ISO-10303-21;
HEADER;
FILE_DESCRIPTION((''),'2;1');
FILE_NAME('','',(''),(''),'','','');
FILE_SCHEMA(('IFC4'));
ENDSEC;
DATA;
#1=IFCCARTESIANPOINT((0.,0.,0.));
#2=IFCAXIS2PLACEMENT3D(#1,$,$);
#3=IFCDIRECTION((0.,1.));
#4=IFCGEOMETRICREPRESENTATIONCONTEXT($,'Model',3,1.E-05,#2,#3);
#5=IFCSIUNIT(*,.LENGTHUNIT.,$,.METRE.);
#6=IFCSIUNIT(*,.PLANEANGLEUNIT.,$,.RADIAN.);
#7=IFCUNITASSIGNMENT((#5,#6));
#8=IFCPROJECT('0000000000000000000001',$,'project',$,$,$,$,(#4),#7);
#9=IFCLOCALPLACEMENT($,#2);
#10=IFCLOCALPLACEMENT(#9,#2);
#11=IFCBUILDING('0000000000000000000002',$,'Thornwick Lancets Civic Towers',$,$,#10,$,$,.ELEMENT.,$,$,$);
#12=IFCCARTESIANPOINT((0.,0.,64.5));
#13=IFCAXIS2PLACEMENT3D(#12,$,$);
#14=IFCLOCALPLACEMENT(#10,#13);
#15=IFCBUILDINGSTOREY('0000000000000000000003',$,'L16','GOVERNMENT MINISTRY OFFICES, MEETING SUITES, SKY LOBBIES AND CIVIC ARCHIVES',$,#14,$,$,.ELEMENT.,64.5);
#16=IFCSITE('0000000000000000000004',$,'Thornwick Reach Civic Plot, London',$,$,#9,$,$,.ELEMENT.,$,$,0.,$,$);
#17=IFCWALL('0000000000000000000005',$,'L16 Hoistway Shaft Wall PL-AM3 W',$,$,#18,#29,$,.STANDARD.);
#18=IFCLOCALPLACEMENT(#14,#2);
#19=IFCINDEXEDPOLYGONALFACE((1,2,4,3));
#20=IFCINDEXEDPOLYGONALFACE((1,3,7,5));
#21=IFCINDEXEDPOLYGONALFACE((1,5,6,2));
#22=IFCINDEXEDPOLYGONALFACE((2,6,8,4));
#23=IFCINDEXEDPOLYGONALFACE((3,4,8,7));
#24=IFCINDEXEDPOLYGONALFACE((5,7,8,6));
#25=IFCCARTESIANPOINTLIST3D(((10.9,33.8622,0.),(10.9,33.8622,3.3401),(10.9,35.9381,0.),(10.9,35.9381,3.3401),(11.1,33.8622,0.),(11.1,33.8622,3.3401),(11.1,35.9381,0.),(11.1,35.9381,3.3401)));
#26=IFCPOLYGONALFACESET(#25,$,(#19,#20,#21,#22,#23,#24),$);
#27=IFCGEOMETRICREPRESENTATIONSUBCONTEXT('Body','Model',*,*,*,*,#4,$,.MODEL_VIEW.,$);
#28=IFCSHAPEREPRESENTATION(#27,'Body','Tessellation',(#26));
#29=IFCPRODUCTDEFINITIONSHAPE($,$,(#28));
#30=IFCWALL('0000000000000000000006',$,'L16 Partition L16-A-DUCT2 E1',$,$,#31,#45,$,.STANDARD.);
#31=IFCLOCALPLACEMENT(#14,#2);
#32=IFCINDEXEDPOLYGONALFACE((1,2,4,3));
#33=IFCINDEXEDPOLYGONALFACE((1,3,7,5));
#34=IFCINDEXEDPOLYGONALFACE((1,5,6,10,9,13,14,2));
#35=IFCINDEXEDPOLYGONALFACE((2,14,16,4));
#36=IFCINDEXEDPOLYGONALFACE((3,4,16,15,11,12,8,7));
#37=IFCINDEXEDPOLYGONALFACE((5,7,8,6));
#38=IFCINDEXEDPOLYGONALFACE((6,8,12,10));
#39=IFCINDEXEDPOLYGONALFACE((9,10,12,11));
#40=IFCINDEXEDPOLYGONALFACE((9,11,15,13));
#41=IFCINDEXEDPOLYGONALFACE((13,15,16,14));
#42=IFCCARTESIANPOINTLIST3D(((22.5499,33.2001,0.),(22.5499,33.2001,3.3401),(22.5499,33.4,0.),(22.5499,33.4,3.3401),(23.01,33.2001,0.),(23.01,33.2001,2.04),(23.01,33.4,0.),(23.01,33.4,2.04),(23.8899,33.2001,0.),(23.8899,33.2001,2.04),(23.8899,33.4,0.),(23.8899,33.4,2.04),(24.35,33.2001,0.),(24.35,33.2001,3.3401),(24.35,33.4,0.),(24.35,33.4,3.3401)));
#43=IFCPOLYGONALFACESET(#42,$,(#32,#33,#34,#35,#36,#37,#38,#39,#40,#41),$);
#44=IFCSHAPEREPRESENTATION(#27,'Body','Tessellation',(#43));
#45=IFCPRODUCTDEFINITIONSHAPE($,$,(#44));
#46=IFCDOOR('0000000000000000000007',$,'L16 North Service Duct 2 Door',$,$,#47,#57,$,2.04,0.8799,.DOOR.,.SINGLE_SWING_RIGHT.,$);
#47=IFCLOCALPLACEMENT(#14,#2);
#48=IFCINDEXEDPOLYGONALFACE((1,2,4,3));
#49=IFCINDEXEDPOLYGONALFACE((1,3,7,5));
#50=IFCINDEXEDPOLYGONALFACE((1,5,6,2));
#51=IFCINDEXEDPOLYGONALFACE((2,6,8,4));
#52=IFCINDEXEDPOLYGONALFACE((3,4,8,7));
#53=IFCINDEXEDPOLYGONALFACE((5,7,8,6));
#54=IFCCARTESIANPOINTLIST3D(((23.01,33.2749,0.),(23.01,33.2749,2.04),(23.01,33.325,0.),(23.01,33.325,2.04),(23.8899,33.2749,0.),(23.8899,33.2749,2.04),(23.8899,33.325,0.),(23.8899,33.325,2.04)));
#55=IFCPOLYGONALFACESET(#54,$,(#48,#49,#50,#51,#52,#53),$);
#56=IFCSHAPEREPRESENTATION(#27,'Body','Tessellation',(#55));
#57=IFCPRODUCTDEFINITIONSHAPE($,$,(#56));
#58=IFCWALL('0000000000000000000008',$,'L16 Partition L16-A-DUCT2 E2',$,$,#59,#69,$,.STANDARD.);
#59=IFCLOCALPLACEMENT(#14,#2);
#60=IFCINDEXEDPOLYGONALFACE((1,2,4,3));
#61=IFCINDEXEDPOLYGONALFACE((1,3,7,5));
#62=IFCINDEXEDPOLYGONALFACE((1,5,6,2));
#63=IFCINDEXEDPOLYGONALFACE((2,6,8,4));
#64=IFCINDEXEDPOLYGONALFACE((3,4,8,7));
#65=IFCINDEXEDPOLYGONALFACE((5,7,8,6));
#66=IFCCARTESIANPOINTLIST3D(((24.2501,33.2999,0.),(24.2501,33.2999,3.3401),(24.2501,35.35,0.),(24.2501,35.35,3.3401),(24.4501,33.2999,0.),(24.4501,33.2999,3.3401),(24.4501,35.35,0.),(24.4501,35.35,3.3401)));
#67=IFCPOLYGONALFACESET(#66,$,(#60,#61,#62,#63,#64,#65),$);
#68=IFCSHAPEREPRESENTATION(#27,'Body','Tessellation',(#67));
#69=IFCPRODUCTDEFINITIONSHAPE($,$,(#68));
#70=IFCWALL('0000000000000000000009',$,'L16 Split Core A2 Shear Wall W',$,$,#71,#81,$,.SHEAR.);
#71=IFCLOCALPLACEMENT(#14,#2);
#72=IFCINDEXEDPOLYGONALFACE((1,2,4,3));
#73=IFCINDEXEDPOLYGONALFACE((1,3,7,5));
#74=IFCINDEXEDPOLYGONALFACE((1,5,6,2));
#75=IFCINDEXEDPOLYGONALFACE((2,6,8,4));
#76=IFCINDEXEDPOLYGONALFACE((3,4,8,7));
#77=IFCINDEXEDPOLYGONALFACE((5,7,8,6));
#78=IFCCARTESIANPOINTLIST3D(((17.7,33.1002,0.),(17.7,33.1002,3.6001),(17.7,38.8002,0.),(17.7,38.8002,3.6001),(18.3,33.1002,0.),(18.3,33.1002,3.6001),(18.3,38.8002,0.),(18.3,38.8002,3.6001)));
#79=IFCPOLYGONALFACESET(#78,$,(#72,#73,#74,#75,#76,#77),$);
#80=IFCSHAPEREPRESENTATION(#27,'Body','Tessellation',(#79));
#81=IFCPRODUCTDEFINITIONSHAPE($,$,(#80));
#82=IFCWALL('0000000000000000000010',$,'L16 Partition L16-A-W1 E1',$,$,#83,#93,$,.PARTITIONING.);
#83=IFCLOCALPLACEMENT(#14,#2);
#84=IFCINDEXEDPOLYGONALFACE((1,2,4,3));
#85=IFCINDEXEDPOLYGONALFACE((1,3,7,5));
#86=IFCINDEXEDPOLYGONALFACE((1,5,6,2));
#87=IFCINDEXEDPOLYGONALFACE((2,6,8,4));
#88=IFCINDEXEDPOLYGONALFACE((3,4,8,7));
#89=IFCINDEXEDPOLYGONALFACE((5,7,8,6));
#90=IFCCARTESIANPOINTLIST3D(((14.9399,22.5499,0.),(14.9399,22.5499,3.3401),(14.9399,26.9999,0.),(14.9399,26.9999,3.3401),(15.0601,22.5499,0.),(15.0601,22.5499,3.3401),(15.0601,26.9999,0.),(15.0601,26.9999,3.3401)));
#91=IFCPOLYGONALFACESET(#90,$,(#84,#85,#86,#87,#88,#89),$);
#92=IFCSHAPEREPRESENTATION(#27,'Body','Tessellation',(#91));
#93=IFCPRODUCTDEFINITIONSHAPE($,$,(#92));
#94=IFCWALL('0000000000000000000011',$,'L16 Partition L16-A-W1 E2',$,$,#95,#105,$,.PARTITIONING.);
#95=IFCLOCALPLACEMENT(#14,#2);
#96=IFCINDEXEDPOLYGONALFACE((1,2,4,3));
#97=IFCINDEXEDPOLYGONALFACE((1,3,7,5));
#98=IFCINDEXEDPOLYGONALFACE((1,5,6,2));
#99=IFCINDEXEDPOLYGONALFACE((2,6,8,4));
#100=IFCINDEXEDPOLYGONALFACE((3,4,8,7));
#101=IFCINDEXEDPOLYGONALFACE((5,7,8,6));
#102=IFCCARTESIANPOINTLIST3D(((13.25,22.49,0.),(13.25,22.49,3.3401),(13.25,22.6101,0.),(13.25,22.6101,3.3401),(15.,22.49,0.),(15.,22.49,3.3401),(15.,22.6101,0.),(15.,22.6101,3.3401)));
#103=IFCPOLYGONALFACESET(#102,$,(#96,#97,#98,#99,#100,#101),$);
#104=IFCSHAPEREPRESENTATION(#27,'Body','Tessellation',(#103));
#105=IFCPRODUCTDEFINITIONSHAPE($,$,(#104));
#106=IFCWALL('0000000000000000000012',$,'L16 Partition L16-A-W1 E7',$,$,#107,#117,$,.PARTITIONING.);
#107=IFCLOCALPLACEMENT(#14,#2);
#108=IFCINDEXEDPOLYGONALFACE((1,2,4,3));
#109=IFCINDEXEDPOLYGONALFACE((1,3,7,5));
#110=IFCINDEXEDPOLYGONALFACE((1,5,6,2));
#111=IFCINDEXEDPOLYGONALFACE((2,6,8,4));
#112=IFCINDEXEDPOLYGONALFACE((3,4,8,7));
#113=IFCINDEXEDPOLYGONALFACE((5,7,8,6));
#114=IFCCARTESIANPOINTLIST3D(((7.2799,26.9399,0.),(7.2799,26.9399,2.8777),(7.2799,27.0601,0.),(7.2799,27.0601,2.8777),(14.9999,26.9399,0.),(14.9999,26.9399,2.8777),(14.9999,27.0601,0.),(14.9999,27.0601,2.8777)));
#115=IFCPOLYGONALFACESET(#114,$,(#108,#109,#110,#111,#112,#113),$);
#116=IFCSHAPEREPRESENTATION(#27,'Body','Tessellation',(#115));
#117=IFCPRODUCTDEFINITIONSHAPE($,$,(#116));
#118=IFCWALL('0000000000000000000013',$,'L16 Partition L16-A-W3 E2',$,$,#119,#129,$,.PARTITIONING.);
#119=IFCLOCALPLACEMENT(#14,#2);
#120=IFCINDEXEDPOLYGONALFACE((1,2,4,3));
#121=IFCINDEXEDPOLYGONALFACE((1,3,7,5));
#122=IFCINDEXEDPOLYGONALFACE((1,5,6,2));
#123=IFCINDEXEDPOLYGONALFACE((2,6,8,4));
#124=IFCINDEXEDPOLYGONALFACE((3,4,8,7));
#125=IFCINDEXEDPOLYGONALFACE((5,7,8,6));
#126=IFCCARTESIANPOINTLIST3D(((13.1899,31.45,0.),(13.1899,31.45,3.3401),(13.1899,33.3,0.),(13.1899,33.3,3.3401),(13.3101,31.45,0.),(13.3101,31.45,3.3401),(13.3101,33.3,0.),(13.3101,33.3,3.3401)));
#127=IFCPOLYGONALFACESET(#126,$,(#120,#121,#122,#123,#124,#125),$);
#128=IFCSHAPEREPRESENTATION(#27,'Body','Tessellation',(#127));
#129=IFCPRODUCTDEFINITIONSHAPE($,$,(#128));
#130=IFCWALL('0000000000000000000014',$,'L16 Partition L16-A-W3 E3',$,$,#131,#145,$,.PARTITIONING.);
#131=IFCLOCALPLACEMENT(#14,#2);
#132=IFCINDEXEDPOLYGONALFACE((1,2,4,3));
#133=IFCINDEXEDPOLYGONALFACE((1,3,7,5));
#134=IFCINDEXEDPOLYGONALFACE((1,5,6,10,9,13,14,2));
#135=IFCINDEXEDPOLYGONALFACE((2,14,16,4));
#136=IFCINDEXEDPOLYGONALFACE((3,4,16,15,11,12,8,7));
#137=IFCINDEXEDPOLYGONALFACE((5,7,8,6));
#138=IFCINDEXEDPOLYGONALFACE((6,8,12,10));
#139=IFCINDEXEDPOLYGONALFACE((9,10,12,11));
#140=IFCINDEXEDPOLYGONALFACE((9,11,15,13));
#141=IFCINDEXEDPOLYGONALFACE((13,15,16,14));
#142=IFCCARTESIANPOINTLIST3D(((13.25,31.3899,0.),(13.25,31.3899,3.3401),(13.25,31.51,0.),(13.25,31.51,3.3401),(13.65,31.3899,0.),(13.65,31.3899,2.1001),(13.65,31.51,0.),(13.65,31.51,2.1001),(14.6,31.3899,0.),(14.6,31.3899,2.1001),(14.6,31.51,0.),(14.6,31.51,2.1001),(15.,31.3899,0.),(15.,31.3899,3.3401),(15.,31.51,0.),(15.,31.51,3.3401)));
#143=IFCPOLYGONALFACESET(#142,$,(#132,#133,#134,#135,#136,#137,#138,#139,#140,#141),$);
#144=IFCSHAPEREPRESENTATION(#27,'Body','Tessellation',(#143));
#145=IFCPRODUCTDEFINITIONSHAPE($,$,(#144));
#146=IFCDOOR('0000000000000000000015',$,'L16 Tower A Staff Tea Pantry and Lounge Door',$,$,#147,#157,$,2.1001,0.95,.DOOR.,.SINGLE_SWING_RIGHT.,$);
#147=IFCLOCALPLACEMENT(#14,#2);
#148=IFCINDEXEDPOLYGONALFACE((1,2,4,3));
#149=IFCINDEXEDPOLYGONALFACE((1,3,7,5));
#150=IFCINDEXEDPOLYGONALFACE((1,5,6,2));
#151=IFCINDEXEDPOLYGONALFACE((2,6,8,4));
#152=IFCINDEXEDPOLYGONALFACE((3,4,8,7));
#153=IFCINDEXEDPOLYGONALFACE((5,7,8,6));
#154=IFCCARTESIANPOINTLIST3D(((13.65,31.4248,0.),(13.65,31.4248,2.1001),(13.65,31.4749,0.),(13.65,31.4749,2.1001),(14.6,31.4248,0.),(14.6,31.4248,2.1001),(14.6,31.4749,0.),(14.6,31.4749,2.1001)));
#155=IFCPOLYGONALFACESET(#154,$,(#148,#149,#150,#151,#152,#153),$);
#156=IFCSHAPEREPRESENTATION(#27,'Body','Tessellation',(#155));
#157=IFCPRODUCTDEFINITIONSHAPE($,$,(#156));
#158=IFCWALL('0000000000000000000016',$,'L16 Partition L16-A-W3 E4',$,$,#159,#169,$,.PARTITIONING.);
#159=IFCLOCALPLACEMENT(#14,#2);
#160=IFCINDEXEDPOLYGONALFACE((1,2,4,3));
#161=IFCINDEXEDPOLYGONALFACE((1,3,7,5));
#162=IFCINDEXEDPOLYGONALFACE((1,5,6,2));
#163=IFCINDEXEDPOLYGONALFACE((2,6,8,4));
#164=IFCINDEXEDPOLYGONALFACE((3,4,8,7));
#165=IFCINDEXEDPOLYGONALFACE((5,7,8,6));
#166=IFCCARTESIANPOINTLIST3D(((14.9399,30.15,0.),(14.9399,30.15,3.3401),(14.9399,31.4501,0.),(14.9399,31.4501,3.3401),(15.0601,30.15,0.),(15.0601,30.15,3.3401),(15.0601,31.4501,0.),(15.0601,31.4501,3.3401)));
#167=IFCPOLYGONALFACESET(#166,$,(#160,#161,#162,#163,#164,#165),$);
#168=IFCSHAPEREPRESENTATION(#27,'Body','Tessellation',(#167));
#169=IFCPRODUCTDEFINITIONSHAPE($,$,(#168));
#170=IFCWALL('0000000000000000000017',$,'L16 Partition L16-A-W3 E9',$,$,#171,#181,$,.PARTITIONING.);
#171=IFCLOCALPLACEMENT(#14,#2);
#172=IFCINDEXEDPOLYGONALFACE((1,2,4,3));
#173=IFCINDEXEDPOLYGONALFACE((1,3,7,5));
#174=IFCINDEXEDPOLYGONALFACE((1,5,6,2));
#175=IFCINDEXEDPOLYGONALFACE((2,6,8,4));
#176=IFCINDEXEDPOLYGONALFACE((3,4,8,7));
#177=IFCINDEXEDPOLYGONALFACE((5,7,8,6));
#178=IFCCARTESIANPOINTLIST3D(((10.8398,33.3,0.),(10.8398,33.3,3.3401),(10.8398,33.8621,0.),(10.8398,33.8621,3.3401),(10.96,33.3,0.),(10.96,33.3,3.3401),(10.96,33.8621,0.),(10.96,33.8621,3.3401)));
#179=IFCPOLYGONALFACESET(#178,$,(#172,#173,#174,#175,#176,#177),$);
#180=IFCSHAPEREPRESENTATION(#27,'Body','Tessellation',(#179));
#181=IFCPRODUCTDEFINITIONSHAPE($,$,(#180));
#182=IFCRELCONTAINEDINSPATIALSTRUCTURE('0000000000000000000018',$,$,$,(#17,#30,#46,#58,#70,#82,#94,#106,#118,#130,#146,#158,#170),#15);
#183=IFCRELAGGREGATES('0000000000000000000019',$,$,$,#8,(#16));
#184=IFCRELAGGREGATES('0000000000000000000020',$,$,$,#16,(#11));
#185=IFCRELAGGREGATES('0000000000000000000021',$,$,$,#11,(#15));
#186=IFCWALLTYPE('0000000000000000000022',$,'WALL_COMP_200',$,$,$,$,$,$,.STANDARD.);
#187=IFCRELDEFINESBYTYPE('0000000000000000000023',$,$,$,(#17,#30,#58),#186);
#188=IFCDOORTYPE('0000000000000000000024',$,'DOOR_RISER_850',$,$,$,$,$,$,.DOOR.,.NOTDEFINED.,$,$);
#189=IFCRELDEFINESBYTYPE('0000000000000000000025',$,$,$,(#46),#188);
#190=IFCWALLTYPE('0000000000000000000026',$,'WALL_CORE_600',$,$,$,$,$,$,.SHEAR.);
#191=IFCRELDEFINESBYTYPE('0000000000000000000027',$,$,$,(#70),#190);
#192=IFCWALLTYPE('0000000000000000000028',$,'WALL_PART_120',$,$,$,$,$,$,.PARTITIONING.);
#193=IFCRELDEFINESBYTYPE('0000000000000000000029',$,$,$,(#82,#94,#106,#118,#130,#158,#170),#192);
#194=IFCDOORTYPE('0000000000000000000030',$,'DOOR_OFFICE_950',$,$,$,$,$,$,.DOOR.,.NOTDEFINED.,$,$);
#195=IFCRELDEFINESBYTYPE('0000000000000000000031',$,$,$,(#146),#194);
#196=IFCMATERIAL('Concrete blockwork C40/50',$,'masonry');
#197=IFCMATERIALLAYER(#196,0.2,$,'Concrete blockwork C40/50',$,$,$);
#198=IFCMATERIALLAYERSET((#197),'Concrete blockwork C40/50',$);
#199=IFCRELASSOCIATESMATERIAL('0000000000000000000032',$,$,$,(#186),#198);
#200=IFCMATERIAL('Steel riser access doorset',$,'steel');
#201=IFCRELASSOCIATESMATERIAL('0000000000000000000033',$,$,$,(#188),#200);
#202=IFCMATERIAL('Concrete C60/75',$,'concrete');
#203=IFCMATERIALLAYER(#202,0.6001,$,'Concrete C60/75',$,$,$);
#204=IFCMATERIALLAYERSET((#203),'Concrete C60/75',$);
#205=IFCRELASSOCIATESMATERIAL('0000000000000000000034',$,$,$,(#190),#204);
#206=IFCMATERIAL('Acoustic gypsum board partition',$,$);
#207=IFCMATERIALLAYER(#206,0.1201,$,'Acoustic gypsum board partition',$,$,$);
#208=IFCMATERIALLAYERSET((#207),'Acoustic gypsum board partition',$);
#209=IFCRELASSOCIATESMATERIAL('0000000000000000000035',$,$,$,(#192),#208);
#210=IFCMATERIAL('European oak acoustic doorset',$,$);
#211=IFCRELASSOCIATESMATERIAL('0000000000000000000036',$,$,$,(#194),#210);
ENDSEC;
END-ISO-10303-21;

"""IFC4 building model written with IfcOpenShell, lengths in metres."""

from ifc_helpers import new_model, si_unit, direction, frame, frame_2d, origin, place, context, subcontext, project, spatial, rectangle, extrude, material, layer, layer_set, type_object, element, fill, save


model = new_model("IFC4")

# Units and contexts
model_context = context("Model", 3, precision=1e-05, world=origin(), true_north=direction((0.0, 1.0)))
body_context = subcontext(model_context, "Body", "Model", "MODEL_VIEW")
ifc_project = project(units=[si_unit("LENGTHUNIT", "METRE"), si_unit("PLANEANGLEUNIT", "RADIAN")], contexts=[model_context])

# Site, building, storey
site_placement = place(None, origin())
site = spatial("IfcSite", under=ifc_project, at=site_placement, Name="Thornwick Reach Civic Plot, London", CompositionType="ELEMENT", RefElevation=0.0)
building_placement = place(site_placement, origin())
building = spatial("IfcBuilding", under=site, at=building_placement, Name="Thornwick Lancets Civic Towers", CompositionType="ELEMENT")
storey_placement = place(building_placement, frame((0.0, 0.0, 64.5)))
storey = spatial("IfcBuildingStorey", under=building, at=storey_placement, Name="L16", Description="GOVERNMENT MINISTRY OFFICES, MEETING SUITES, SKY LOBBIES AND CIVIC ARCHIVES", CompositionType="ELEMENT", Elevation=64.5)

# Shared definitions
ifc_material_1 = material(Name="Concrete C60/75", Category="concrete")

# Wall
ifc_material_2 = material(Name="Concrete blockwork C40/50", Category="masonry")
ifc_layer_1 = layer(ifc_material_2, 0.2, Name="Concrete blockwork C40/50")
ifc_layer_set_1 = layer_set([ifc_layer_1], Name="Concrete blockwork C40/50")
wall_type_1 = type_object("IfcWallType", Name="WALL_COMP_200", PredefinedType="STANDARD", material=ifc_layer_set_1)
wall_1_placement = place(storey_placement, frame((11.0, 33.8621, 0.0), z_axis=(0.0, 0.0, 1.0), x_axis=(0.0, 1.0, 0.0)))
element("IfcWall", 1, at=wall_1_placement, inside=storey, type_object=wall_type_1, Name="L16 Hoistway Shaft Wall PL-AM3 W", PredefinedType="STANDARD", context=body_context, shape_type="SweptSolid", body=[
    extrude(rectangle(XDim=2.0759, YDim=0.2, at=frame_2d((1.0381, 0.0))), origin(), (0.0, 0.0, 1.0), 3.3401),
])

# Wall, opening, door
wall_2_placement = place(storey_placement, frame((22.55, 33.3, 0.0), z_axis=(0.0, 0.0, 1.0), x_axis=(1.0, 0.0, 0.0)))
wall_2 = element("IfcWall", 2, at=wall_2_placement, inside=storey, type_object=wall_type_1, Name="L16 Partition L16-A-DUCT2 E1", PredefinedType="STANDARD", context=body_context, shape_type="SweptSolid", body=[
    extrude(rectangle(XDim=1.8, YDim=0.2, at=frame_2d((0.8999, 0.0))), origin(), (0.0, 0.0, 1.0), 3.3401),
])
opening_1_placement = place(wall_2_placement, frame((0.46, 0.0, 0.0)))
opening_1 = element("IfcOpeningElement", 3, at=opening_1_placement, cuts=wall_2, PredefinedType="OPENING", context=body_context, shape_type="SweptSolid", body=[
    extrude(rectangle(XDim=0.8799, YDim=2.04, at=frame_2d((0.4399, 1.02))), frame((0.0, 0.1099, 0.0), z_axis=(0.0, -1.0, 0.0), x_axis=(1.0, 0.0, 0.0)), (0.0, 0.0, 1.0), 0.22),
])
ifc_material_3 = material(Name="Steel riser access doorset", Category="steel")
door_type_1 = type_object("IfcDoorType", Name="DOOR_RISER_850", OperationType="NOTDEFINED", PredefinedType="DOOR", material=ifc_material_3)
door_1_placement = place(opening_1_placement, origin())
door_1 = element("IfcDoor", 4, at=door_1_placement, inside=storey, type_object=door_type_1, Name="L16 North Service Duct 2 Door", OperationType="SINGLE_SWING_RIGHT", OverallHeight=2.04, OverallWidth=0.8799, PredefinedType="DOOR", context=body_context, shape_type="SweptSolid", body=[
    extrude(rectangle(XDim=0.8799, YDim=2.04, at=frame_2d((0.4399, 1.02))), frame((0.0, 0.0249, 0.0), z_axis=(0.0, -1.0, 0.0), x_axis=(1.0, 0.0, 0.0)), (0.0, 0.0, 1.0), 0.05),
])
fill(opening_1, door_1)

# Walls
wall_3_placement = place(storey_placement, frame((24.3501, 33.3, 0.0), z_axis=(0.0, 0.0, 1.0), x_axis=(0.0, 1.0, 0.0)))
element("IfcWall", 5, at=wall_3_placement, inside=storey, type_object=wall_type_1, Name="L16 Partition L16-A-DUCT2 E2", PredefinedType="STANDARD", context=body_context, shape_type="SweptSolid", body=[
    extrude(rectangle(XDim=2.05, YDim=0.2, at=frame_2d((1.0249, 0.0))), origin(), (0.0, 0.0, 1.0), 3.3401),
])
ifc_layer_2 = layer(ifc_material_1, 0.6001, Name="Concrete C60/75")
ifc_layer_set_2 = layer_set([ifc_layer_2], Name="Concrete C60/75")
wall_type_2 = type_object("IfcWallType", Name="WALL_CORE_600", PredefinedType="SHEAR", material=ifc_layer_set_2)
wall_4_placement = place(storey_placement, frame((18.0, 33.1001, 0.0), z_axis=(0.0, 0.0, 1.0), x_axis=(0.0, 1.0, 0.0)))
element("IfcWall", 6, at=wall_4_placement, inside=storey, type_object=wall_type_2, Name="L16 Split Core A2 Shear Wall W", PredefinedType="SHEAR", context=body_context, shape_type="SweptSolid", body=[
    extrude(rectangle(XDim=5.7, YDim=0.6001, at=frame_2d((2.8501, 0.0))), origin(), (0.0, 0.0, 1.0), 3.6001),
])
ifc_material_4 = material(Name="Acoustic gypsum board partition")
ifc_layer_3 = layer(ifc_material_4, 0.1201, Name="Acoustic gypsum board partition")
ifc_layer_set_3 = layer_set([ifc_layer_3], Name="Acoustic gypsum board partition")
wall_type_3 = type_object("IfcWallType", Name="WALL_PART_120", PredefinedType="PARTITIONING", material=ifc_layer_set_3)
wall_5_placement = place(storey_placement, frame((15.0, 27.0, 0.0), z_axis=(0.0, 0.0, 1.0), x_axis=(0.0, -1.0, 0.0)))
element("IfcWall", 7, at=wall_5_placement, inside=storey, type_object=wall_type_3, Name="L16 Partition L16-A-W1 E1", PredefinedType="PARTITIONING", context=body_context, shape_type="SweptSolid", body=[
    extrude(rectangle(XDim=4.45, YDim=0.1201, at=frame_2d((2.2251, 0.0))), origin(), (0.0, 0.0, 1.0), 3.3401),
])
wall_6_placement = place(storey_placement, frame((15.0, 22.55, 0.0), z_axis=(0.0, 0.0, 1.0), x_axis=(-1.0, 0.0, 0.0)))
element("IfcWall", 8, at=wall_6_placement, inside=storey, type_object=wall_type_3, Name="L16 Partition L16-A-W1 E2", PredefinedType="PARTITIONING", context=body_context, shape_type="SweptSolid", body=[
    extrude(rectangle(XDim=1.75, YDim=0.1201, at=frame_2d((0.875, 0.0))), origin(), (0.0, 0.0, 1.0), 3.3401),
])
wall_7_placement = place(storey_placement, frame((7.28, 27.0, 0.0), z_axis=(0.0, 0.0, 1.0), x_axis=(1.0, 0.0, 0.0)))
element("IfcWall", 9, at=wall_7_placement, inside=storey, type_object=wall_type_3, Name="L16 Partition L16-A-W1 E7", PredefinedType="PARTITIONING", context=body_context, shape_type="SweptSolid", body=[
    extrude(rectangle(XDim=7.72, YDim=0.1201, at=frame_2d((3.8599, 0.0))), origin(), (0.0, 0.0, 1.0), 2.8777),
])
wall_8_placement = place(storey_placement, frame((13.25, 33.3, 0.0), z_axis=(0.0, 0.0, 1.0), x_axis=(0.0, -1.0, 0.0)))
element("IfcWall", 10, at=wall_8_placement, inside=storey, type_object=wall_type_3, Name="L16 Partition L16-A-W3 E2", PredefinedType="PARTITIONING", context=body_context, shape_type="SweptSolid", body=[
    extrude(rectangle(XDim=1.8501, YDim=0.1201, at=frame_2d((0.925, 0.0))), origin(), (0.0, 0.0, 1.0), 3.3401),
])

# Wall, opening, door
wall_9_placement = place(storey_placement, frame((13.25, 31.45, 0.0), z_axis=(0.0, 0.0, 1.0), x_axis=(1.0, 0.0, 0.0)))
wall_9 = element("IfcWall", 11, at=wall_9_placement, inside=storey, type_object=wall_type_3, Name="L16 Partition L16-A-W3 E3", PredefinedType="PARTITIONING", context=body_context, shape_type="SweptSolid", body=[
    extrude(rectangle(XDim=1.75, YDim=0.1201, at=frame_2d((0.875, 0.0))), origin(), (0.0, 0.0, 1.0), 3.3401),
])
opening_2_placement = place(wall_9_placement, frame((0.3999, 0.0, 0.0)))
opening_2 = element("IfcOpeningElement", 12, at=opening_2_placement, cuts=wall_9, PredefinedType="OPENING", context=body_context, shape_type="SweptSolid", body=[
    extrude(rectangle(XDim=0.95, YDim=2.1001, at=frame_2d((0.4751, 1.05))), frame((0.0, 0.0701, 0.0), z_axis=(0.0, -1.0, 0.0), x_axis=(1.0, 0.0, 0.0)), (0.0, 0.0, 1.0), 0.1401),
])
ifc_material_5 = material(Name="European oak acoustic doorset")
door_type_2 = type_object("IfcDoorType", Name="DOOR_OFFICE_950", OperationType="NOTDEFINED", PredefinedType="DOOR", material=ifc_material_5)
door_2_placement = place(opening_2_placement, origin())
door_2 = element("IfcDoor", 13, at=door_2_placement, inside=storey, type_object=door_type_2, Name="L16 Tower A Staff Tea Pantry and Lounge Door", OperationType="SINGLE_SWING_RIGHT", OverallHeight=2.1001, OverallWidth=0.95, PredefinedType="DOOR", context=body_context, shape_type="SweptSolid", body=[
    extrude(rectangle(XDim=0.95, YDim=2.1001, at=frame_2d((0.4751, 1.05))), frame((0.0, 0.0249, 0.0), z_axis=(0.0, -1.0, 0.0), x_axis=(1.0, 0.0, 0.0)), (0.0, 0.0, 1.0), 0.05),
])
fill(opening_2, door_2)

# Walls
wall_10_placement = place(storey_placement, frame((15.0, 31.45, 0.0), z_axis=(0.0, 0.0, 1.0), x_axis=(0.0, -1.0, 0.0)))
element("IfcWall", 14, at=wall_10_placement, inside=storey, type_object=wall_type_3, Name="L16 Partition L16-A-W3 E4", PredefinedType="PARTITIONING", context=body_context, shape_type="SweptSolid", body=[
    extrude(rectangle(XDim=1.3, YDim=0.1201, at=frame_2d((0.6499, 0.0))), origin(), (0.0, 0.0, 1.0), 3.3401),
])
wall_11_placement = place(storey_placement, frame((10.8999, 33.8621, 0.0), z_axis=(0.0, 0.0, 1.0), x_axis=(0.0, -1.0, 0.0)))
element("IfcWall", 15, at=wall_11_placement, inside=storey, type_object=wall_type_3, Name="L16 Partition L16-A-W3 E9", PredefinedType="PARTITIONING", context=body_context, shape_type="SweptSolid", body=[
    extrude(rectangle(XDim=0.562, YDim=0.1201, at=frame_2d((0.281, 0.0))), origin(), (0.0, 0.0, 1.0), 3.3401),
])

save(model, "model.ifc")
